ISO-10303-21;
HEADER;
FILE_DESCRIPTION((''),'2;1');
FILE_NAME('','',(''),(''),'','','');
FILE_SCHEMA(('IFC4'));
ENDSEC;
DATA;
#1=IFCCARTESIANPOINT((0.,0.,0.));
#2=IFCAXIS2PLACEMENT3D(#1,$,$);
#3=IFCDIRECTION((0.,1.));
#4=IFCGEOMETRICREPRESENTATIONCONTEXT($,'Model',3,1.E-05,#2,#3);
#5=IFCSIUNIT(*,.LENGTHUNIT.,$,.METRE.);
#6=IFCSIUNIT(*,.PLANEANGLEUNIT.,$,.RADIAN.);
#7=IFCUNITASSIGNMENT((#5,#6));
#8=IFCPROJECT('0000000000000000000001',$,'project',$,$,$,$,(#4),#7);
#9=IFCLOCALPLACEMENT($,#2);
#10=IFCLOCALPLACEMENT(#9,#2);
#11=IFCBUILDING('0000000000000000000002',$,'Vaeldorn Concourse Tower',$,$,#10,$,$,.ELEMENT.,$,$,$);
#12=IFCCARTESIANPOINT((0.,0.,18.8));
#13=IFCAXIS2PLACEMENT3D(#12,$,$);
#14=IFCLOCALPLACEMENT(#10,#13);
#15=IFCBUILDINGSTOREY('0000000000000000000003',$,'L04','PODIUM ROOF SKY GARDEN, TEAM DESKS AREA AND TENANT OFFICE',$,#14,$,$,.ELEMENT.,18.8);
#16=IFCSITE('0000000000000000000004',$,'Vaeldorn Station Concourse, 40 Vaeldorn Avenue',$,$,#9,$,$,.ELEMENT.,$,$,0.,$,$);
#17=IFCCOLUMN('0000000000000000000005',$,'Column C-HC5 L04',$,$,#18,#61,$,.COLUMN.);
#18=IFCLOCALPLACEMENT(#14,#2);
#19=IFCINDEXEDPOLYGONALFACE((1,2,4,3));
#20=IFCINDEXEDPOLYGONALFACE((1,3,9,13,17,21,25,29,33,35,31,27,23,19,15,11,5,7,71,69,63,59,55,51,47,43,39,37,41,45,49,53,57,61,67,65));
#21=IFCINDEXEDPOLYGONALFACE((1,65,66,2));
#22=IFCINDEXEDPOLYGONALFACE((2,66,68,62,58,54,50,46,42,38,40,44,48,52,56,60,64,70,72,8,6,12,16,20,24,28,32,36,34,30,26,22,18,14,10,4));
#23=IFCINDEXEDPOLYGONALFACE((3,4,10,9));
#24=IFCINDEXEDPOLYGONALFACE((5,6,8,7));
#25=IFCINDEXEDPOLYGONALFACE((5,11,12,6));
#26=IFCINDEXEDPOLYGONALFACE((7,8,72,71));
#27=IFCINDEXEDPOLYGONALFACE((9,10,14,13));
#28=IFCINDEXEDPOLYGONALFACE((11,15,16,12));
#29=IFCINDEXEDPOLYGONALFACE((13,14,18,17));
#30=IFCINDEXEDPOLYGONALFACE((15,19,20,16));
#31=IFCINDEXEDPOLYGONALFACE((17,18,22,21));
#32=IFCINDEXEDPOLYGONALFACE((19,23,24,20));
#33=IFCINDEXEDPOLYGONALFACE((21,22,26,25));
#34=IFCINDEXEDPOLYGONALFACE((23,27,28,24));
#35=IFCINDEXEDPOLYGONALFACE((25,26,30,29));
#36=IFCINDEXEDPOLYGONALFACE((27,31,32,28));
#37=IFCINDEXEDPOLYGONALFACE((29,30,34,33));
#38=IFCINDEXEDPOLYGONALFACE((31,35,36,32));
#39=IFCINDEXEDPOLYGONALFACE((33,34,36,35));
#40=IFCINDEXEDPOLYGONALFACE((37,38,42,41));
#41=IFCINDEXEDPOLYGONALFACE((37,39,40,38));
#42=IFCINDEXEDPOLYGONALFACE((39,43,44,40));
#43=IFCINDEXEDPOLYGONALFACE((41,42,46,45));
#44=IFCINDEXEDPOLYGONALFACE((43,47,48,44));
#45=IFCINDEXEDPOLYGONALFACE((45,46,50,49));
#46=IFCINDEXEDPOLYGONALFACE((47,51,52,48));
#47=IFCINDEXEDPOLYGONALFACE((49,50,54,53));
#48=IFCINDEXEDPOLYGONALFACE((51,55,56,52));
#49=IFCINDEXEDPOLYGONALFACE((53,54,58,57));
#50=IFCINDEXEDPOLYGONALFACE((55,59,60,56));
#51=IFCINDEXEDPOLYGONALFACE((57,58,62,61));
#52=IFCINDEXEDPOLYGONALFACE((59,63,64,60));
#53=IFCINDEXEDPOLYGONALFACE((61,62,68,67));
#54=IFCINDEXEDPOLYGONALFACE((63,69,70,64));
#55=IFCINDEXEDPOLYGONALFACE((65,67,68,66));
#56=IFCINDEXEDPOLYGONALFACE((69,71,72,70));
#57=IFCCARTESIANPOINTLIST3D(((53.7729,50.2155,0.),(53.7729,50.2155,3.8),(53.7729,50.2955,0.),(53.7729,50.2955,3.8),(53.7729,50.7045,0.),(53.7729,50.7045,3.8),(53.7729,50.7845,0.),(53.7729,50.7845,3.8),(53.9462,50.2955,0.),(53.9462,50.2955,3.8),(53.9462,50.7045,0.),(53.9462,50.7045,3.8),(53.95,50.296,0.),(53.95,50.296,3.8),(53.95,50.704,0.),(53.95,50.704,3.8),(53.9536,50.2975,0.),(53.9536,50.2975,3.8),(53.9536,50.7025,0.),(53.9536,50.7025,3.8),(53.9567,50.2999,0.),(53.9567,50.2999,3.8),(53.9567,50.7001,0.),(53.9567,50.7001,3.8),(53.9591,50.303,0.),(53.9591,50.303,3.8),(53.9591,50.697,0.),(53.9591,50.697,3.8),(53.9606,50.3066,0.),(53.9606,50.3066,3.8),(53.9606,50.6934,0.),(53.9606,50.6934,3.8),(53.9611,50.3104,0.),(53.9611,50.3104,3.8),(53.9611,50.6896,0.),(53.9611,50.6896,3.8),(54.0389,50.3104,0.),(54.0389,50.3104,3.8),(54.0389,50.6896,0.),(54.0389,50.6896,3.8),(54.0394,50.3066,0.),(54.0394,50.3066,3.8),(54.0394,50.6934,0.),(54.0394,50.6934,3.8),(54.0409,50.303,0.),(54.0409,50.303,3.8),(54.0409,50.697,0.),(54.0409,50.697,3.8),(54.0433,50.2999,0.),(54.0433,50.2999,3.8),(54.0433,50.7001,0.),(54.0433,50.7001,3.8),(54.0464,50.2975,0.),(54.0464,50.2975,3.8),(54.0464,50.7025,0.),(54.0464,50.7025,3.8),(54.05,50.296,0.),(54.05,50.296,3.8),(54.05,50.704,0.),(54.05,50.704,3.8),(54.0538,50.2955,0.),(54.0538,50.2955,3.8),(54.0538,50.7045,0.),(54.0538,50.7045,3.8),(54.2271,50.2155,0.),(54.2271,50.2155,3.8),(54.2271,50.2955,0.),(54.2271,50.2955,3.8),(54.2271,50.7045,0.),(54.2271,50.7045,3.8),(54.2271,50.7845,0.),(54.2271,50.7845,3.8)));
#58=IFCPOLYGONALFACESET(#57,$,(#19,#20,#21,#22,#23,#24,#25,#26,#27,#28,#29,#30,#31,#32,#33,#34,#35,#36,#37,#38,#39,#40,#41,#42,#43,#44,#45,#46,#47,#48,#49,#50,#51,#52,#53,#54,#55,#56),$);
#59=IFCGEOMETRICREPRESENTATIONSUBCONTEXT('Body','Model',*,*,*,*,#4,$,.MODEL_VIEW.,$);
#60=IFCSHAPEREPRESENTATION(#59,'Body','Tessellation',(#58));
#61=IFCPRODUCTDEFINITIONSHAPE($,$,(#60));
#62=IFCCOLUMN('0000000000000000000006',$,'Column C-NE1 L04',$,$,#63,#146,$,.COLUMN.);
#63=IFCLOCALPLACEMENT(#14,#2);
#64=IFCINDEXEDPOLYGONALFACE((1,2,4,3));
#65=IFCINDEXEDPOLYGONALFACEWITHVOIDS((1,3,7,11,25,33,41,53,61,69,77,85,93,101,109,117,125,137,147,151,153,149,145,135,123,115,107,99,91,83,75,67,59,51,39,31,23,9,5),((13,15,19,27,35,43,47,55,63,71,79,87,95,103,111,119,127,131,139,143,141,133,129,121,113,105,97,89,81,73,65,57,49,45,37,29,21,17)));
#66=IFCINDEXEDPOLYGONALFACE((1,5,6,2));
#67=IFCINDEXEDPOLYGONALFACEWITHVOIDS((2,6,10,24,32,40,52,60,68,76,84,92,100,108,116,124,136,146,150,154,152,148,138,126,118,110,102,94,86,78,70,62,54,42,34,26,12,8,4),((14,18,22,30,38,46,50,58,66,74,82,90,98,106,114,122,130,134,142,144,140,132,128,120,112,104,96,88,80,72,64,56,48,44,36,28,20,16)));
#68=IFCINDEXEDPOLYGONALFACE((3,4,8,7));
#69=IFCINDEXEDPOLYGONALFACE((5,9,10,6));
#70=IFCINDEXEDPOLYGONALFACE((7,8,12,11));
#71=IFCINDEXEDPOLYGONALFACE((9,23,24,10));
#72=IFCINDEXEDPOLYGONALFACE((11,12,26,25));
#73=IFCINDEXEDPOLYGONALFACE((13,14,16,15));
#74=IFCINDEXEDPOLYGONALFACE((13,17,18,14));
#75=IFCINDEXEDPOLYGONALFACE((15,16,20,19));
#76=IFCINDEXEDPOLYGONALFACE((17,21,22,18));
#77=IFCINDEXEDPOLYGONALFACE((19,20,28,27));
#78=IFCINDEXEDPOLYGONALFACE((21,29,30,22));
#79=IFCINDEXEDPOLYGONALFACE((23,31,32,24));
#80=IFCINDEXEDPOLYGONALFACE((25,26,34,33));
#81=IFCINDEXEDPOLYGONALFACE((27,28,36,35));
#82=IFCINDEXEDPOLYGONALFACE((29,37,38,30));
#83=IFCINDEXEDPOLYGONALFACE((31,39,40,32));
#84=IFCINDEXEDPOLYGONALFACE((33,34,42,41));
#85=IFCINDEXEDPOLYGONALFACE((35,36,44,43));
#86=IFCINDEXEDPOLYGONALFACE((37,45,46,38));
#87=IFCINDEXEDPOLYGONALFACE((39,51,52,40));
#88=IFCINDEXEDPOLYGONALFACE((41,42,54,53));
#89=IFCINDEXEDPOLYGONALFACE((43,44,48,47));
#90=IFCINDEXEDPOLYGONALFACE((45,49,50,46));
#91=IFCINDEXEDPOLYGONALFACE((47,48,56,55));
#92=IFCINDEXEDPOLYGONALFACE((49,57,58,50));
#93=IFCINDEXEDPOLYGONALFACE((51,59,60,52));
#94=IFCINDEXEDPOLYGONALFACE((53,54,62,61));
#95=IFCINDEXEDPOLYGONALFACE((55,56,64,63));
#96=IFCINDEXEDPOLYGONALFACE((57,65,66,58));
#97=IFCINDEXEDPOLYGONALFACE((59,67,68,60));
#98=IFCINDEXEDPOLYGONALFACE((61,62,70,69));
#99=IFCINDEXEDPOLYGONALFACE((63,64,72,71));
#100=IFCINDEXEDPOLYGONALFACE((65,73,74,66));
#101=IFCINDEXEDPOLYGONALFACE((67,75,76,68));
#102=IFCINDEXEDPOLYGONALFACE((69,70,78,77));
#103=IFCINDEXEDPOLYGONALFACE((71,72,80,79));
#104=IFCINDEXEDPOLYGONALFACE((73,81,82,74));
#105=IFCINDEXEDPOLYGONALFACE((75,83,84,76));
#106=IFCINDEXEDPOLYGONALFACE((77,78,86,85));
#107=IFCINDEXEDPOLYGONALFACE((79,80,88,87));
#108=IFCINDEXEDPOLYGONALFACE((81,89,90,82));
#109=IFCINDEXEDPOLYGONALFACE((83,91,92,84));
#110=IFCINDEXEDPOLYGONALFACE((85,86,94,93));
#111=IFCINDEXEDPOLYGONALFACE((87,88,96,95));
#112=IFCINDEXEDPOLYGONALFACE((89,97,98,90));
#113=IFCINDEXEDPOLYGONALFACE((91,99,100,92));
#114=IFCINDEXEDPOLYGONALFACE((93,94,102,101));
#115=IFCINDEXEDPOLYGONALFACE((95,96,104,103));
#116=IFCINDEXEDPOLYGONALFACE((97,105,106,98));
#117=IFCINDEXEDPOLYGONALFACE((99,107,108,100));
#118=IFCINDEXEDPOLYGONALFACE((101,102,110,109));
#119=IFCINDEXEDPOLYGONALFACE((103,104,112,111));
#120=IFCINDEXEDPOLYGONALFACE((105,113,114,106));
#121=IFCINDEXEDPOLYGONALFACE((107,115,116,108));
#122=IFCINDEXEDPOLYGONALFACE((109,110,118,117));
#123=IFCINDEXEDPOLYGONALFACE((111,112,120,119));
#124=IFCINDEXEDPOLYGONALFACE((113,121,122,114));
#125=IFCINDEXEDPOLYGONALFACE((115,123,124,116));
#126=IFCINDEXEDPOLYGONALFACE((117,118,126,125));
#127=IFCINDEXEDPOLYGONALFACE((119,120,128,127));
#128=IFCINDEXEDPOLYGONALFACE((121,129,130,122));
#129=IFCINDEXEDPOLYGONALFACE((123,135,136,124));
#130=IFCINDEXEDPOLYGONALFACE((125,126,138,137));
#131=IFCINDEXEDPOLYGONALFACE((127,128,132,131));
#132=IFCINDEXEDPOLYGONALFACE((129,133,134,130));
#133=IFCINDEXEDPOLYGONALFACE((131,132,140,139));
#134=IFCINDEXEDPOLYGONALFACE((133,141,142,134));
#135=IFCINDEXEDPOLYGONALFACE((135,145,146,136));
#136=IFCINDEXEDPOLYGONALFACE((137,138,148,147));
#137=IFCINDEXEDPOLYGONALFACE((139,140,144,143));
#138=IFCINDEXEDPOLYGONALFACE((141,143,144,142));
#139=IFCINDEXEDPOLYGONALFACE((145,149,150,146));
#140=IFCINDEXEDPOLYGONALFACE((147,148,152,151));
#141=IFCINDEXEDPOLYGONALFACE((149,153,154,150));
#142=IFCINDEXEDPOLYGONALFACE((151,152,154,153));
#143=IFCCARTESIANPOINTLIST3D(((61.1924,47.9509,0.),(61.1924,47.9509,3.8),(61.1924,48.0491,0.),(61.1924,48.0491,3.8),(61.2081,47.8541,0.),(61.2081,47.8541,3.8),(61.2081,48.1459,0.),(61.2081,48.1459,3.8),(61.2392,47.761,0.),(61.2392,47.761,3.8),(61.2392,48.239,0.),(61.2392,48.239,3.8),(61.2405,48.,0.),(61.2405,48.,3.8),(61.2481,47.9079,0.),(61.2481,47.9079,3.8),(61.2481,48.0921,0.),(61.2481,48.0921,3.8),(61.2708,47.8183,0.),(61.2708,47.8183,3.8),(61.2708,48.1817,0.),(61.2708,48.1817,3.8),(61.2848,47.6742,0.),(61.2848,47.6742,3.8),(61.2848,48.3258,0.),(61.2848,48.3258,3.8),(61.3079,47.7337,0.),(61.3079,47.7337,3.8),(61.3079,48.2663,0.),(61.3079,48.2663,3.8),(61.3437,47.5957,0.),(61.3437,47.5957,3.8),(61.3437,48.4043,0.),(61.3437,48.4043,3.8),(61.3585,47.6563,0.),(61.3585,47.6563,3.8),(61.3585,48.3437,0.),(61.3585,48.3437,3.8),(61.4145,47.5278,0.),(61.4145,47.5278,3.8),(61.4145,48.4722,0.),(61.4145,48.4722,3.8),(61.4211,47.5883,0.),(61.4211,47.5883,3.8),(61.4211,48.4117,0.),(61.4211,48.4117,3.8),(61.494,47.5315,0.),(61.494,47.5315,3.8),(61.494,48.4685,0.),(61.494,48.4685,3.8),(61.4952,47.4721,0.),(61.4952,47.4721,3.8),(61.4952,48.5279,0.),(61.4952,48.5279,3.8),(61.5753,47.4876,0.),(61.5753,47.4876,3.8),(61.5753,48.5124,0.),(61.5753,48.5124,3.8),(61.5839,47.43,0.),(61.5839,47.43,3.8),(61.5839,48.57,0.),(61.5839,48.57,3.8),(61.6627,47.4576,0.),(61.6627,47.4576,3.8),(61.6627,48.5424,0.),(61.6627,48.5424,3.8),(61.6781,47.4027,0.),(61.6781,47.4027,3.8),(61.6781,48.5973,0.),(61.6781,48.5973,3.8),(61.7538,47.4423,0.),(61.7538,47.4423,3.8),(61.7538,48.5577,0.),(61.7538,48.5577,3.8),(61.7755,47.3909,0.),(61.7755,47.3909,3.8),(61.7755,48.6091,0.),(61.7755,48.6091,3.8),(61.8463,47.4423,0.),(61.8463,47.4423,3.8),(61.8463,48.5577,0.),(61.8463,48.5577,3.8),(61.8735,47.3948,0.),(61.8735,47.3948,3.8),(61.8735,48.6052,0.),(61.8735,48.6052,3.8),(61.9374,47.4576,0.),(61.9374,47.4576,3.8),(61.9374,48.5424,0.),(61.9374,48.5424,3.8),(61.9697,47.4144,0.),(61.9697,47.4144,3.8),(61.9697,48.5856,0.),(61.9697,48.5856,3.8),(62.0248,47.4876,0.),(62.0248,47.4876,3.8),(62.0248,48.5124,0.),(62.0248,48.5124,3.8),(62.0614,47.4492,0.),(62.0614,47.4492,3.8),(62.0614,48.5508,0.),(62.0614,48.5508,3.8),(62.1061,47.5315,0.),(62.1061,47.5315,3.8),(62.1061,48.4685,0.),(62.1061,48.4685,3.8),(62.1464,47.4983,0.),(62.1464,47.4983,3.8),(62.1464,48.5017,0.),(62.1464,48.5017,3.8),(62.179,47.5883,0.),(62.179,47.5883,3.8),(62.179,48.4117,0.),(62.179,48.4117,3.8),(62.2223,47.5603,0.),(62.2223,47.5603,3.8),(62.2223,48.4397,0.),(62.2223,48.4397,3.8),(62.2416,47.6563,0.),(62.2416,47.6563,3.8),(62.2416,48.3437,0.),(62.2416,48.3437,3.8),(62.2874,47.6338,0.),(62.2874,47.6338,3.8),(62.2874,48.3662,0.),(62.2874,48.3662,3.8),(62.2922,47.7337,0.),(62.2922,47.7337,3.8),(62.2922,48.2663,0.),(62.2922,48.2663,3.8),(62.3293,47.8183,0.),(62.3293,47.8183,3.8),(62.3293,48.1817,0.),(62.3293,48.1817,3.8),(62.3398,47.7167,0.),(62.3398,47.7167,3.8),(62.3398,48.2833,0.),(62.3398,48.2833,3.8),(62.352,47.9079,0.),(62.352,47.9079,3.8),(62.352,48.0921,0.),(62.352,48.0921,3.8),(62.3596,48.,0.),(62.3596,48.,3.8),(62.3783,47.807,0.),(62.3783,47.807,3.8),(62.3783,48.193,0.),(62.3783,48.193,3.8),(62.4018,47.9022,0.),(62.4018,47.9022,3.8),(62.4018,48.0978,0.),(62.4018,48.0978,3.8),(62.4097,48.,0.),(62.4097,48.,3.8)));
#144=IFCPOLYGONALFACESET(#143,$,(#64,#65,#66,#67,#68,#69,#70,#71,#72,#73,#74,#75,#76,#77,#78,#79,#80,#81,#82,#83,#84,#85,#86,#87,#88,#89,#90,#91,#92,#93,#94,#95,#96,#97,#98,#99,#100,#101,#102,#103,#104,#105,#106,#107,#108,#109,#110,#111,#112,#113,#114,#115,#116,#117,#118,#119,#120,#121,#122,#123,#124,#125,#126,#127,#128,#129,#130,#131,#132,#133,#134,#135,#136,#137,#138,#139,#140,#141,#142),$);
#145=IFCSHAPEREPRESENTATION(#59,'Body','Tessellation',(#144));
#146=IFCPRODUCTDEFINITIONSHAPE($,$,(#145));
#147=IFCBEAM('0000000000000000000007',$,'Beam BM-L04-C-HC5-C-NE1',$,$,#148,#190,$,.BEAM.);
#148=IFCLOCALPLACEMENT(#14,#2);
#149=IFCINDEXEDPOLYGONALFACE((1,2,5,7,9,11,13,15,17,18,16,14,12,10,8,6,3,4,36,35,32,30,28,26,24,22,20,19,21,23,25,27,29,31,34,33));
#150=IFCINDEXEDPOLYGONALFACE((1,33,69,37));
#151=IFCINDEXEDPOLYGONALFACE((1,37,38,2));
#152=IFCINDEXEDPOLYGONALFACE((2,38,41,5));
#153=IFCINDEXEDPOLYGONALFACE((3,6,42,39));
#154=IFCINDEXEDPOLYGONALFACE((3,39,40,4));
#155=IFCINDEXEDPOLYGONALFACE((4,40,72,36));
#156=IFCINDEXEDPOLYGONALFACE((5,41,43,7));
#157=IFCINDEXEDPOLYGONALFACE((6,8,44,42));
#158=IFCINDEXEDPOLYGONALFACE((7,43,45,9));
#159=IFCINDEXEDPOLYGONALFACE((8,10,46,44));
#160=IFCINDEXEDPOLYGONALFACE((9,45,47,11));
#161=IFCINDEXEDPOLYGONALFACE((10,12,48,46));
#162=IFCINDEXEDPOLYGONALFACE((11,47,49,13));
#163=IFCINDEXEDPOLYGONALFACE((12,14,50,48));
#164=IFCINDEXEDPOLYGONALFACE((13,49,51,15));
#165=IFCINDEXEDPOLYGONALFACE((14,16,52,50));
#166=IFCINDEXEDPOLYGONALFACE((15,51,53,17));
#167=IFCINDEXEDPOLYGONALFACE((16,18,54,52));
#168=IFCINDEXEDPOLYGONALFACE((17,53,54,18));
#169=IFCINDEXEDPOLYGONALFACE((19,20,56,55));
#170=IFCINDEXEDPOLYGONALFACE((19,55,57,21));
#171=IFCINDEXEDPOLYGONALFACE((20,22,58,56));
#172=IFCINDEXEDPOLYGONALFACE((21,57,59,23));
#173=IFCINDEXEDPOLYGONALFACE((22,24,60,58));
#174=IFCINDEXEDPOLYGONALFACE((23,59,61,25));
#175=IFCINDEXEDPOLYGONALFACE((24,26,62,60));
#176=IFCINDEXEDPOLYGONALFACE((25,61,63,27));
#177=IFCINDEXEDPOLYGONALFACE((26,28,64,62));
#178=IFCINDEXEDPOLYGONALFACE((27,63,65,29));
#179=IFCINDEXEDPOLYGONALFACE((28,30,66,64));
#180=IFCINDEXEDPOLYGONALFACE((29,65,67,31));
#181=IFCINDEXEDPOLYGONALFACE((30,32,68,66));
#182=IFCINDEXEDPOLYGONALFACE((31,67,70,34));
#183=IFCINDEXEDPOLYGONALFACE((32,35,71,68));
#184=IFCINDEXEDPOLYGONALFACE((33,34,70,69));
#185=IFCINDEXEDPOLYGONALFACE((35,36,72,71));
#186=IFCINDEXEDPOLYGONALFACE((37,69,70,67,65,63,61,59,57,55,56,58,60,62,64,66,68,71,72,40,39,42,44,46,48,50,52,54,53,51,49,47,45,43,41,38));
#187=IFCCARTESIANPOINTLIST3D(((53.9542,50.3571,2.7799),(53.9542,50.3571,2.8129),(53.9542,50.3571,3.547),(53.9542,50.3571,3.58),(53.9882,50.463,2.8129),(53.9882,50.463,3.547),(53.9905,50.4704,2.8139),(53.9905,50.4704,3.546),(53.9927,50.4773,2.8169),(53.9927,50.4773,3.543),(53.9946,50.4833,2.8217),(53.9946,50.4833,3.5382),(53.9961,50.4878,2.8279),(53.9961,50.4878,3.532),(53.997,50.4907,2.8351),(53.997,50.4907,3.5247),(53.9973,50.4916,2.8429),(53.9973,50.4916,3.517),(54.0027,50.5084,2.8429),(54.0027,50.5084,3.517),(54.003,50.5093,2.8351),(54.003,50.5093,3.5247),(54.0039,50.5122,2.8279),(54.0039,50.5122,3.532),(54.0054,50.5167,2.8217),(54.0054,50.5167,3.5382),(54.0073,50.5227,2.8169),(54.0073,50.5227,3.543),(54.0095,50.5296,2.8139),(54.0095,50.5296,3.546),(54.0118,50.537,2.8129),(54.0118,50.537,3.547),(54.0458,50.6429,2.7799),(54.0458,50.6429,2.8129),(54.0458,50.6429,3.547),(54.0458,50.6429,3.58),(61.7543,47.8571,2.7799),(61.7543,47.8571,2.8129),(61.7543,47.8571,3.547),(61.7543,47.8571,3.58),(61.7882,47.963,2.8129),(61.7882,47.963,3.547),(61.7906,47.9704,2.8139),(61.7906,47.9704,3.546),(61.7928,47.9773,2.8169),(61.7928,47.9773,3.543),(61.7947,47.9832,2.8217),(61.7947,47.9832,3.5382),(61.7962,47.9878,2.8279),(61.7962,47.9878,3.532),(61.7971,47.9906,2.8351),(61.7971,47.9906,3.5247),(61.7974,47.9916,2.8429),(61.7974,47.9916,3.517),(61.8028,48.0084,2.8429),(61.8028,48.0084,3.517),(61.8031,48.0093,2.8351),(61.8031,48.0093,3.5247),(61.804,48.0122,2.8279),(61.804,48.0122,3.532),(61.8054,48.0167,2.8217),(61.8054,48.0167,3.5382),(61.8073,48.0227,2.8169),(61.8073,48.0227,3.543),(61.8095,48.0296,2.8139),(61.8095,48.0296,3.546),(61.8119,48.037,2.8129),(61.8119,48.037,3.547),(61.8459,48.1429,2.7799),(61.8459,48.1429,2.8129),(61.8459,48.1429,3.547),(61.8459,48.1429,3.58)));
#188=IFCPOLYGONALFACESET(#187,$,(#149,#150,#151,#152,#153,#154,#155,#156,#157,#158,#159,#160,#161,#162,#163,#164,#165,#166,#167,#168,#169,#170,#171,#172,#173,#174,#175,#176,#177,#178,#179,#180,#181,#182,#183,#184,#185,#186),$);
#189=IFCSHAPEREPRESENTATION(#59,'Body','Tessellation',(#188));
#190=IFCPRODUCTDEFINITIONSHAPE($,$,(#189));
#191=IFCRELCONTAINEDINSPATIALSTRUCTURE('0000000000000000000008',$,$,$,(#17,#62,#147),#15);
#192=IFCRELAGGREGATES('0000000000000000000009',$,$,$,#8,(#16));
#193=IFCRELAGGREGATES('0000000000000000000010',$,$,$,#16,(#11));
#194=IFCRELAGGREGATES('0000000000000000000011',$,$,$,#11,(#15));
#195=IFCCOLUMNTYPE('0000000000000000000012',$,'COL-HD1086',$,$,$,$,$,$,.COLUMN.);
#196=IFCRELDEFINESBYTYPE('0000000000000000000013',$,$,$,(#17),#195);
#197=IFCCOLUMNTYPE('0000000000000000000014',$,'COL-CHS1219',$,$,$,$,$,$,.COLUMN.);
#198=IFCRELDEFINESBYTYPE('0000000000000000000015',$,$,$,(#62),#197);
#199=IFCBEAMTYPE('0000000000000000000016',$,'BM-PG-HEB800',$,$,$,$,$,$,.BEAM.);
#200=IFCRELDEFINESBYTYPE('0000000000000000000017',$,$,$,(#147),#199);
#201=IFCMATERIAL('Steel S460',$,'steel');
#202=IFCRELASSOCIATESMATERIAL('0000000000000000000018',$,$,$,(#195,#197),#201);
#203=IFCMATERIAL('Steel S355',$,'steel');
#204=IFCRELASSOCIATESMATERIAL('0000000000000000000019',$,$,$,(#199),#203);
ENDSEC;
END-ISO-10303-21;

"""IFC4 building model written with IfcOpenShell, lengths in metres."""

from ifc_helpers import new_model, si_unit, direction, frame, origin, origin_2d, place, context, subcontext, project, spatial, hollow_circle, i_section, extrude, source, transform, mapped, material, material_profile, profile_set, type_object, element, save


model = new_model("IFC4")

# Units and contexts
model_context = context("Model", 3, precision=1e-05, world=origin(), true_north=direction((0.0, 1.0)))
body_context = subcontext(model_context, "Body", "Model", "MODEL_VIEW")
ifc_project = project(units=[si_unit("LENGTHUNIT", "METRE"), si_unit("PLANEANGLEUNIT", "RADIAN")], contexts=[model_context])

# Site, building, storey
site_placement = place(None, origin())
site = spatial("IfcSite", under=ifc_project, at=site_placement, Name="Vaeldorn Station Concourse, 40 Vaeldorn Avenue", CompositionType="ELEMENT", RefElevation=0.0)
building_placement = place(site_placement, origin())
building = spatial("IfcBuilding", under=site, at=building_placement, Name="Vaeldorn Concourse Tower", CompositionType="ELEMENT")
storey_placement = place(building_placement, frame((0.0, 0.0, 18.8)))
storey = spatial("IfcBuildingStorey", under=building, at=storey_placement, Name="L04", Description="PODIUM ROOF SKY GARDEN, TEAM DESKS AREA AND TENANT OFFICE", CompositionType="ELEMENT", Elevation=18.8)

# Columns
ifc_material_1 = material(Name="Steel S460", Category="steel")
ifc_material_profile_1 = material_profile(ifc_material_1, i_section(OverallWidth=0.4541, OverallDepth=0.5691, WebThickness=0.0779, FlangeThickness=0.0801, FilletRadius=0.0149, at=origin_2d()), Name="HD 400x1086")
ifc_profile_set_1 = profile_set([ifc_material_profile_1], Name="Steel S460")
column_type_1 = type_object("IfcColumnType", Name="COL-HD1086", PredefinedType="COLUMN", material=ifc_profile_set_1)
shared_shape_1 = source(origin(), body_context, "Body", "SweptSolid", [
    extrude(i_section(OverallWidth=0.4541, OverallDepth=0.5691, WebThickness=0.0779, FlangeThickness=0.0801, FilletRadius=0.0149, at=origin_2d()), origin(), (0.0, 0.0, 1.0), 3.8),
])
column_1_placement = place(storey_placement, frame((54.0, 50.5, 0.0), z_axis=(0.0, 0.0, 1.0), x_axis=(1.0, 0.0, 0.0)))
element("IfcColumn", 1, at=column_1_placement, inside=storey, type_object=column_type_1, Name="Column C-HC5 L04", PredefinedType="COLUMN", context=body_context, shape_type="MappedRepresentation", body=[
    mapped(shared_shape_1, transform((0.0, 0.0, 0.0), scale=1.0)),
])
ifc_material_profile_2 = material_profile(ifc_material_1, hollow_circle(Radius=0.6096, WallThickness=0.05, at=origin_2d()), Name="CHS 1219x50")
ifc_profile_set_2 = profile_set([ifc_material_profile_2], Name="Steel S460")
column_type_2 = type_object("IfcColumnType", Name="COL-CHS1219", PredefinedType="COLUMN", material=ifc_profile_set_2)
shared_shape_2 = source(origin(), body_context, "Body", "SweptSolid", [
    extrude(hollow_circle(Radius=0.6096, WallThickness=0.05, at=origin_2d()), origin(), (0.0, 0.0, 1.0), 3.8),
])
column_2_placement = place(storey_placement, frame((61.8, 48.0, 0.0), z_axis=(0.0, 0.0, 1.0), x_axis=(1.0, 0.0, 0.0)))
element("IfcColumn", 2, at=column_2_placement, inside=storey, type_object=column_type_2, Name="Column C-NE1 L04", PredefinedType="COLUMN", context=body_context, shape_type="MappedRepresentation", body=[
    mapped(shared_shape_2, transform((0.0, 0.0, 0.0), scale=1.0)),
])

# Beam
ifc_material_2 = material(Name="Steel S355", Category="steel")
ifc_material_profile_3 = material_profile(ifc_material_2, i_section(OverallWidth=0.3, OverallDepth=0.8, WebThickness=0.0176, FlangeThickness=0.033, FilletRadius=0.03, at=origin_2d()), Name="HEB 800")
ifc_profile_set_3 = profile_set([ifc_material_profile_3], Name="Steel S355")
beam_type_1 = type_object("IfcBeamType", Name="BM-PG-HEB800", PredefinedType="BEAM", material=ifc_profile_set_3)
shared_shape_3 = source(origin(), body_context, "Body", "SweptSolid", [
    extrude(i_section(OverallWidth=0.3, OverallDepth=0.8, WebThickness=0.0176, FlangeThickness=0.033, FilletRadius=0.03, at=origin_2d()), origin(), (0.0, 0.0, 1.0), 8.1909),
])
beam_1_placement = place(storey_placement, frame((54.0, 50.5, 3.1799), z_axis=(0.952283, -0.305217, 0.0), x_axis=(0.305217, 0.952283, 0.0)))
element("IfcBeam", 3, at=beam_1_placement, inside=storey, type_object=beam_type_1, Name="Beam BM-L04-C-HC5-C-NE1", PredefinedType="BEAM", context=body_context, shape_type="MappedRepresentation", body=[
    mapped(shared_shape_3, transform((0.0, 0.0, 0.0), scale=1.0)),
])

save(model, "model.ifc")
